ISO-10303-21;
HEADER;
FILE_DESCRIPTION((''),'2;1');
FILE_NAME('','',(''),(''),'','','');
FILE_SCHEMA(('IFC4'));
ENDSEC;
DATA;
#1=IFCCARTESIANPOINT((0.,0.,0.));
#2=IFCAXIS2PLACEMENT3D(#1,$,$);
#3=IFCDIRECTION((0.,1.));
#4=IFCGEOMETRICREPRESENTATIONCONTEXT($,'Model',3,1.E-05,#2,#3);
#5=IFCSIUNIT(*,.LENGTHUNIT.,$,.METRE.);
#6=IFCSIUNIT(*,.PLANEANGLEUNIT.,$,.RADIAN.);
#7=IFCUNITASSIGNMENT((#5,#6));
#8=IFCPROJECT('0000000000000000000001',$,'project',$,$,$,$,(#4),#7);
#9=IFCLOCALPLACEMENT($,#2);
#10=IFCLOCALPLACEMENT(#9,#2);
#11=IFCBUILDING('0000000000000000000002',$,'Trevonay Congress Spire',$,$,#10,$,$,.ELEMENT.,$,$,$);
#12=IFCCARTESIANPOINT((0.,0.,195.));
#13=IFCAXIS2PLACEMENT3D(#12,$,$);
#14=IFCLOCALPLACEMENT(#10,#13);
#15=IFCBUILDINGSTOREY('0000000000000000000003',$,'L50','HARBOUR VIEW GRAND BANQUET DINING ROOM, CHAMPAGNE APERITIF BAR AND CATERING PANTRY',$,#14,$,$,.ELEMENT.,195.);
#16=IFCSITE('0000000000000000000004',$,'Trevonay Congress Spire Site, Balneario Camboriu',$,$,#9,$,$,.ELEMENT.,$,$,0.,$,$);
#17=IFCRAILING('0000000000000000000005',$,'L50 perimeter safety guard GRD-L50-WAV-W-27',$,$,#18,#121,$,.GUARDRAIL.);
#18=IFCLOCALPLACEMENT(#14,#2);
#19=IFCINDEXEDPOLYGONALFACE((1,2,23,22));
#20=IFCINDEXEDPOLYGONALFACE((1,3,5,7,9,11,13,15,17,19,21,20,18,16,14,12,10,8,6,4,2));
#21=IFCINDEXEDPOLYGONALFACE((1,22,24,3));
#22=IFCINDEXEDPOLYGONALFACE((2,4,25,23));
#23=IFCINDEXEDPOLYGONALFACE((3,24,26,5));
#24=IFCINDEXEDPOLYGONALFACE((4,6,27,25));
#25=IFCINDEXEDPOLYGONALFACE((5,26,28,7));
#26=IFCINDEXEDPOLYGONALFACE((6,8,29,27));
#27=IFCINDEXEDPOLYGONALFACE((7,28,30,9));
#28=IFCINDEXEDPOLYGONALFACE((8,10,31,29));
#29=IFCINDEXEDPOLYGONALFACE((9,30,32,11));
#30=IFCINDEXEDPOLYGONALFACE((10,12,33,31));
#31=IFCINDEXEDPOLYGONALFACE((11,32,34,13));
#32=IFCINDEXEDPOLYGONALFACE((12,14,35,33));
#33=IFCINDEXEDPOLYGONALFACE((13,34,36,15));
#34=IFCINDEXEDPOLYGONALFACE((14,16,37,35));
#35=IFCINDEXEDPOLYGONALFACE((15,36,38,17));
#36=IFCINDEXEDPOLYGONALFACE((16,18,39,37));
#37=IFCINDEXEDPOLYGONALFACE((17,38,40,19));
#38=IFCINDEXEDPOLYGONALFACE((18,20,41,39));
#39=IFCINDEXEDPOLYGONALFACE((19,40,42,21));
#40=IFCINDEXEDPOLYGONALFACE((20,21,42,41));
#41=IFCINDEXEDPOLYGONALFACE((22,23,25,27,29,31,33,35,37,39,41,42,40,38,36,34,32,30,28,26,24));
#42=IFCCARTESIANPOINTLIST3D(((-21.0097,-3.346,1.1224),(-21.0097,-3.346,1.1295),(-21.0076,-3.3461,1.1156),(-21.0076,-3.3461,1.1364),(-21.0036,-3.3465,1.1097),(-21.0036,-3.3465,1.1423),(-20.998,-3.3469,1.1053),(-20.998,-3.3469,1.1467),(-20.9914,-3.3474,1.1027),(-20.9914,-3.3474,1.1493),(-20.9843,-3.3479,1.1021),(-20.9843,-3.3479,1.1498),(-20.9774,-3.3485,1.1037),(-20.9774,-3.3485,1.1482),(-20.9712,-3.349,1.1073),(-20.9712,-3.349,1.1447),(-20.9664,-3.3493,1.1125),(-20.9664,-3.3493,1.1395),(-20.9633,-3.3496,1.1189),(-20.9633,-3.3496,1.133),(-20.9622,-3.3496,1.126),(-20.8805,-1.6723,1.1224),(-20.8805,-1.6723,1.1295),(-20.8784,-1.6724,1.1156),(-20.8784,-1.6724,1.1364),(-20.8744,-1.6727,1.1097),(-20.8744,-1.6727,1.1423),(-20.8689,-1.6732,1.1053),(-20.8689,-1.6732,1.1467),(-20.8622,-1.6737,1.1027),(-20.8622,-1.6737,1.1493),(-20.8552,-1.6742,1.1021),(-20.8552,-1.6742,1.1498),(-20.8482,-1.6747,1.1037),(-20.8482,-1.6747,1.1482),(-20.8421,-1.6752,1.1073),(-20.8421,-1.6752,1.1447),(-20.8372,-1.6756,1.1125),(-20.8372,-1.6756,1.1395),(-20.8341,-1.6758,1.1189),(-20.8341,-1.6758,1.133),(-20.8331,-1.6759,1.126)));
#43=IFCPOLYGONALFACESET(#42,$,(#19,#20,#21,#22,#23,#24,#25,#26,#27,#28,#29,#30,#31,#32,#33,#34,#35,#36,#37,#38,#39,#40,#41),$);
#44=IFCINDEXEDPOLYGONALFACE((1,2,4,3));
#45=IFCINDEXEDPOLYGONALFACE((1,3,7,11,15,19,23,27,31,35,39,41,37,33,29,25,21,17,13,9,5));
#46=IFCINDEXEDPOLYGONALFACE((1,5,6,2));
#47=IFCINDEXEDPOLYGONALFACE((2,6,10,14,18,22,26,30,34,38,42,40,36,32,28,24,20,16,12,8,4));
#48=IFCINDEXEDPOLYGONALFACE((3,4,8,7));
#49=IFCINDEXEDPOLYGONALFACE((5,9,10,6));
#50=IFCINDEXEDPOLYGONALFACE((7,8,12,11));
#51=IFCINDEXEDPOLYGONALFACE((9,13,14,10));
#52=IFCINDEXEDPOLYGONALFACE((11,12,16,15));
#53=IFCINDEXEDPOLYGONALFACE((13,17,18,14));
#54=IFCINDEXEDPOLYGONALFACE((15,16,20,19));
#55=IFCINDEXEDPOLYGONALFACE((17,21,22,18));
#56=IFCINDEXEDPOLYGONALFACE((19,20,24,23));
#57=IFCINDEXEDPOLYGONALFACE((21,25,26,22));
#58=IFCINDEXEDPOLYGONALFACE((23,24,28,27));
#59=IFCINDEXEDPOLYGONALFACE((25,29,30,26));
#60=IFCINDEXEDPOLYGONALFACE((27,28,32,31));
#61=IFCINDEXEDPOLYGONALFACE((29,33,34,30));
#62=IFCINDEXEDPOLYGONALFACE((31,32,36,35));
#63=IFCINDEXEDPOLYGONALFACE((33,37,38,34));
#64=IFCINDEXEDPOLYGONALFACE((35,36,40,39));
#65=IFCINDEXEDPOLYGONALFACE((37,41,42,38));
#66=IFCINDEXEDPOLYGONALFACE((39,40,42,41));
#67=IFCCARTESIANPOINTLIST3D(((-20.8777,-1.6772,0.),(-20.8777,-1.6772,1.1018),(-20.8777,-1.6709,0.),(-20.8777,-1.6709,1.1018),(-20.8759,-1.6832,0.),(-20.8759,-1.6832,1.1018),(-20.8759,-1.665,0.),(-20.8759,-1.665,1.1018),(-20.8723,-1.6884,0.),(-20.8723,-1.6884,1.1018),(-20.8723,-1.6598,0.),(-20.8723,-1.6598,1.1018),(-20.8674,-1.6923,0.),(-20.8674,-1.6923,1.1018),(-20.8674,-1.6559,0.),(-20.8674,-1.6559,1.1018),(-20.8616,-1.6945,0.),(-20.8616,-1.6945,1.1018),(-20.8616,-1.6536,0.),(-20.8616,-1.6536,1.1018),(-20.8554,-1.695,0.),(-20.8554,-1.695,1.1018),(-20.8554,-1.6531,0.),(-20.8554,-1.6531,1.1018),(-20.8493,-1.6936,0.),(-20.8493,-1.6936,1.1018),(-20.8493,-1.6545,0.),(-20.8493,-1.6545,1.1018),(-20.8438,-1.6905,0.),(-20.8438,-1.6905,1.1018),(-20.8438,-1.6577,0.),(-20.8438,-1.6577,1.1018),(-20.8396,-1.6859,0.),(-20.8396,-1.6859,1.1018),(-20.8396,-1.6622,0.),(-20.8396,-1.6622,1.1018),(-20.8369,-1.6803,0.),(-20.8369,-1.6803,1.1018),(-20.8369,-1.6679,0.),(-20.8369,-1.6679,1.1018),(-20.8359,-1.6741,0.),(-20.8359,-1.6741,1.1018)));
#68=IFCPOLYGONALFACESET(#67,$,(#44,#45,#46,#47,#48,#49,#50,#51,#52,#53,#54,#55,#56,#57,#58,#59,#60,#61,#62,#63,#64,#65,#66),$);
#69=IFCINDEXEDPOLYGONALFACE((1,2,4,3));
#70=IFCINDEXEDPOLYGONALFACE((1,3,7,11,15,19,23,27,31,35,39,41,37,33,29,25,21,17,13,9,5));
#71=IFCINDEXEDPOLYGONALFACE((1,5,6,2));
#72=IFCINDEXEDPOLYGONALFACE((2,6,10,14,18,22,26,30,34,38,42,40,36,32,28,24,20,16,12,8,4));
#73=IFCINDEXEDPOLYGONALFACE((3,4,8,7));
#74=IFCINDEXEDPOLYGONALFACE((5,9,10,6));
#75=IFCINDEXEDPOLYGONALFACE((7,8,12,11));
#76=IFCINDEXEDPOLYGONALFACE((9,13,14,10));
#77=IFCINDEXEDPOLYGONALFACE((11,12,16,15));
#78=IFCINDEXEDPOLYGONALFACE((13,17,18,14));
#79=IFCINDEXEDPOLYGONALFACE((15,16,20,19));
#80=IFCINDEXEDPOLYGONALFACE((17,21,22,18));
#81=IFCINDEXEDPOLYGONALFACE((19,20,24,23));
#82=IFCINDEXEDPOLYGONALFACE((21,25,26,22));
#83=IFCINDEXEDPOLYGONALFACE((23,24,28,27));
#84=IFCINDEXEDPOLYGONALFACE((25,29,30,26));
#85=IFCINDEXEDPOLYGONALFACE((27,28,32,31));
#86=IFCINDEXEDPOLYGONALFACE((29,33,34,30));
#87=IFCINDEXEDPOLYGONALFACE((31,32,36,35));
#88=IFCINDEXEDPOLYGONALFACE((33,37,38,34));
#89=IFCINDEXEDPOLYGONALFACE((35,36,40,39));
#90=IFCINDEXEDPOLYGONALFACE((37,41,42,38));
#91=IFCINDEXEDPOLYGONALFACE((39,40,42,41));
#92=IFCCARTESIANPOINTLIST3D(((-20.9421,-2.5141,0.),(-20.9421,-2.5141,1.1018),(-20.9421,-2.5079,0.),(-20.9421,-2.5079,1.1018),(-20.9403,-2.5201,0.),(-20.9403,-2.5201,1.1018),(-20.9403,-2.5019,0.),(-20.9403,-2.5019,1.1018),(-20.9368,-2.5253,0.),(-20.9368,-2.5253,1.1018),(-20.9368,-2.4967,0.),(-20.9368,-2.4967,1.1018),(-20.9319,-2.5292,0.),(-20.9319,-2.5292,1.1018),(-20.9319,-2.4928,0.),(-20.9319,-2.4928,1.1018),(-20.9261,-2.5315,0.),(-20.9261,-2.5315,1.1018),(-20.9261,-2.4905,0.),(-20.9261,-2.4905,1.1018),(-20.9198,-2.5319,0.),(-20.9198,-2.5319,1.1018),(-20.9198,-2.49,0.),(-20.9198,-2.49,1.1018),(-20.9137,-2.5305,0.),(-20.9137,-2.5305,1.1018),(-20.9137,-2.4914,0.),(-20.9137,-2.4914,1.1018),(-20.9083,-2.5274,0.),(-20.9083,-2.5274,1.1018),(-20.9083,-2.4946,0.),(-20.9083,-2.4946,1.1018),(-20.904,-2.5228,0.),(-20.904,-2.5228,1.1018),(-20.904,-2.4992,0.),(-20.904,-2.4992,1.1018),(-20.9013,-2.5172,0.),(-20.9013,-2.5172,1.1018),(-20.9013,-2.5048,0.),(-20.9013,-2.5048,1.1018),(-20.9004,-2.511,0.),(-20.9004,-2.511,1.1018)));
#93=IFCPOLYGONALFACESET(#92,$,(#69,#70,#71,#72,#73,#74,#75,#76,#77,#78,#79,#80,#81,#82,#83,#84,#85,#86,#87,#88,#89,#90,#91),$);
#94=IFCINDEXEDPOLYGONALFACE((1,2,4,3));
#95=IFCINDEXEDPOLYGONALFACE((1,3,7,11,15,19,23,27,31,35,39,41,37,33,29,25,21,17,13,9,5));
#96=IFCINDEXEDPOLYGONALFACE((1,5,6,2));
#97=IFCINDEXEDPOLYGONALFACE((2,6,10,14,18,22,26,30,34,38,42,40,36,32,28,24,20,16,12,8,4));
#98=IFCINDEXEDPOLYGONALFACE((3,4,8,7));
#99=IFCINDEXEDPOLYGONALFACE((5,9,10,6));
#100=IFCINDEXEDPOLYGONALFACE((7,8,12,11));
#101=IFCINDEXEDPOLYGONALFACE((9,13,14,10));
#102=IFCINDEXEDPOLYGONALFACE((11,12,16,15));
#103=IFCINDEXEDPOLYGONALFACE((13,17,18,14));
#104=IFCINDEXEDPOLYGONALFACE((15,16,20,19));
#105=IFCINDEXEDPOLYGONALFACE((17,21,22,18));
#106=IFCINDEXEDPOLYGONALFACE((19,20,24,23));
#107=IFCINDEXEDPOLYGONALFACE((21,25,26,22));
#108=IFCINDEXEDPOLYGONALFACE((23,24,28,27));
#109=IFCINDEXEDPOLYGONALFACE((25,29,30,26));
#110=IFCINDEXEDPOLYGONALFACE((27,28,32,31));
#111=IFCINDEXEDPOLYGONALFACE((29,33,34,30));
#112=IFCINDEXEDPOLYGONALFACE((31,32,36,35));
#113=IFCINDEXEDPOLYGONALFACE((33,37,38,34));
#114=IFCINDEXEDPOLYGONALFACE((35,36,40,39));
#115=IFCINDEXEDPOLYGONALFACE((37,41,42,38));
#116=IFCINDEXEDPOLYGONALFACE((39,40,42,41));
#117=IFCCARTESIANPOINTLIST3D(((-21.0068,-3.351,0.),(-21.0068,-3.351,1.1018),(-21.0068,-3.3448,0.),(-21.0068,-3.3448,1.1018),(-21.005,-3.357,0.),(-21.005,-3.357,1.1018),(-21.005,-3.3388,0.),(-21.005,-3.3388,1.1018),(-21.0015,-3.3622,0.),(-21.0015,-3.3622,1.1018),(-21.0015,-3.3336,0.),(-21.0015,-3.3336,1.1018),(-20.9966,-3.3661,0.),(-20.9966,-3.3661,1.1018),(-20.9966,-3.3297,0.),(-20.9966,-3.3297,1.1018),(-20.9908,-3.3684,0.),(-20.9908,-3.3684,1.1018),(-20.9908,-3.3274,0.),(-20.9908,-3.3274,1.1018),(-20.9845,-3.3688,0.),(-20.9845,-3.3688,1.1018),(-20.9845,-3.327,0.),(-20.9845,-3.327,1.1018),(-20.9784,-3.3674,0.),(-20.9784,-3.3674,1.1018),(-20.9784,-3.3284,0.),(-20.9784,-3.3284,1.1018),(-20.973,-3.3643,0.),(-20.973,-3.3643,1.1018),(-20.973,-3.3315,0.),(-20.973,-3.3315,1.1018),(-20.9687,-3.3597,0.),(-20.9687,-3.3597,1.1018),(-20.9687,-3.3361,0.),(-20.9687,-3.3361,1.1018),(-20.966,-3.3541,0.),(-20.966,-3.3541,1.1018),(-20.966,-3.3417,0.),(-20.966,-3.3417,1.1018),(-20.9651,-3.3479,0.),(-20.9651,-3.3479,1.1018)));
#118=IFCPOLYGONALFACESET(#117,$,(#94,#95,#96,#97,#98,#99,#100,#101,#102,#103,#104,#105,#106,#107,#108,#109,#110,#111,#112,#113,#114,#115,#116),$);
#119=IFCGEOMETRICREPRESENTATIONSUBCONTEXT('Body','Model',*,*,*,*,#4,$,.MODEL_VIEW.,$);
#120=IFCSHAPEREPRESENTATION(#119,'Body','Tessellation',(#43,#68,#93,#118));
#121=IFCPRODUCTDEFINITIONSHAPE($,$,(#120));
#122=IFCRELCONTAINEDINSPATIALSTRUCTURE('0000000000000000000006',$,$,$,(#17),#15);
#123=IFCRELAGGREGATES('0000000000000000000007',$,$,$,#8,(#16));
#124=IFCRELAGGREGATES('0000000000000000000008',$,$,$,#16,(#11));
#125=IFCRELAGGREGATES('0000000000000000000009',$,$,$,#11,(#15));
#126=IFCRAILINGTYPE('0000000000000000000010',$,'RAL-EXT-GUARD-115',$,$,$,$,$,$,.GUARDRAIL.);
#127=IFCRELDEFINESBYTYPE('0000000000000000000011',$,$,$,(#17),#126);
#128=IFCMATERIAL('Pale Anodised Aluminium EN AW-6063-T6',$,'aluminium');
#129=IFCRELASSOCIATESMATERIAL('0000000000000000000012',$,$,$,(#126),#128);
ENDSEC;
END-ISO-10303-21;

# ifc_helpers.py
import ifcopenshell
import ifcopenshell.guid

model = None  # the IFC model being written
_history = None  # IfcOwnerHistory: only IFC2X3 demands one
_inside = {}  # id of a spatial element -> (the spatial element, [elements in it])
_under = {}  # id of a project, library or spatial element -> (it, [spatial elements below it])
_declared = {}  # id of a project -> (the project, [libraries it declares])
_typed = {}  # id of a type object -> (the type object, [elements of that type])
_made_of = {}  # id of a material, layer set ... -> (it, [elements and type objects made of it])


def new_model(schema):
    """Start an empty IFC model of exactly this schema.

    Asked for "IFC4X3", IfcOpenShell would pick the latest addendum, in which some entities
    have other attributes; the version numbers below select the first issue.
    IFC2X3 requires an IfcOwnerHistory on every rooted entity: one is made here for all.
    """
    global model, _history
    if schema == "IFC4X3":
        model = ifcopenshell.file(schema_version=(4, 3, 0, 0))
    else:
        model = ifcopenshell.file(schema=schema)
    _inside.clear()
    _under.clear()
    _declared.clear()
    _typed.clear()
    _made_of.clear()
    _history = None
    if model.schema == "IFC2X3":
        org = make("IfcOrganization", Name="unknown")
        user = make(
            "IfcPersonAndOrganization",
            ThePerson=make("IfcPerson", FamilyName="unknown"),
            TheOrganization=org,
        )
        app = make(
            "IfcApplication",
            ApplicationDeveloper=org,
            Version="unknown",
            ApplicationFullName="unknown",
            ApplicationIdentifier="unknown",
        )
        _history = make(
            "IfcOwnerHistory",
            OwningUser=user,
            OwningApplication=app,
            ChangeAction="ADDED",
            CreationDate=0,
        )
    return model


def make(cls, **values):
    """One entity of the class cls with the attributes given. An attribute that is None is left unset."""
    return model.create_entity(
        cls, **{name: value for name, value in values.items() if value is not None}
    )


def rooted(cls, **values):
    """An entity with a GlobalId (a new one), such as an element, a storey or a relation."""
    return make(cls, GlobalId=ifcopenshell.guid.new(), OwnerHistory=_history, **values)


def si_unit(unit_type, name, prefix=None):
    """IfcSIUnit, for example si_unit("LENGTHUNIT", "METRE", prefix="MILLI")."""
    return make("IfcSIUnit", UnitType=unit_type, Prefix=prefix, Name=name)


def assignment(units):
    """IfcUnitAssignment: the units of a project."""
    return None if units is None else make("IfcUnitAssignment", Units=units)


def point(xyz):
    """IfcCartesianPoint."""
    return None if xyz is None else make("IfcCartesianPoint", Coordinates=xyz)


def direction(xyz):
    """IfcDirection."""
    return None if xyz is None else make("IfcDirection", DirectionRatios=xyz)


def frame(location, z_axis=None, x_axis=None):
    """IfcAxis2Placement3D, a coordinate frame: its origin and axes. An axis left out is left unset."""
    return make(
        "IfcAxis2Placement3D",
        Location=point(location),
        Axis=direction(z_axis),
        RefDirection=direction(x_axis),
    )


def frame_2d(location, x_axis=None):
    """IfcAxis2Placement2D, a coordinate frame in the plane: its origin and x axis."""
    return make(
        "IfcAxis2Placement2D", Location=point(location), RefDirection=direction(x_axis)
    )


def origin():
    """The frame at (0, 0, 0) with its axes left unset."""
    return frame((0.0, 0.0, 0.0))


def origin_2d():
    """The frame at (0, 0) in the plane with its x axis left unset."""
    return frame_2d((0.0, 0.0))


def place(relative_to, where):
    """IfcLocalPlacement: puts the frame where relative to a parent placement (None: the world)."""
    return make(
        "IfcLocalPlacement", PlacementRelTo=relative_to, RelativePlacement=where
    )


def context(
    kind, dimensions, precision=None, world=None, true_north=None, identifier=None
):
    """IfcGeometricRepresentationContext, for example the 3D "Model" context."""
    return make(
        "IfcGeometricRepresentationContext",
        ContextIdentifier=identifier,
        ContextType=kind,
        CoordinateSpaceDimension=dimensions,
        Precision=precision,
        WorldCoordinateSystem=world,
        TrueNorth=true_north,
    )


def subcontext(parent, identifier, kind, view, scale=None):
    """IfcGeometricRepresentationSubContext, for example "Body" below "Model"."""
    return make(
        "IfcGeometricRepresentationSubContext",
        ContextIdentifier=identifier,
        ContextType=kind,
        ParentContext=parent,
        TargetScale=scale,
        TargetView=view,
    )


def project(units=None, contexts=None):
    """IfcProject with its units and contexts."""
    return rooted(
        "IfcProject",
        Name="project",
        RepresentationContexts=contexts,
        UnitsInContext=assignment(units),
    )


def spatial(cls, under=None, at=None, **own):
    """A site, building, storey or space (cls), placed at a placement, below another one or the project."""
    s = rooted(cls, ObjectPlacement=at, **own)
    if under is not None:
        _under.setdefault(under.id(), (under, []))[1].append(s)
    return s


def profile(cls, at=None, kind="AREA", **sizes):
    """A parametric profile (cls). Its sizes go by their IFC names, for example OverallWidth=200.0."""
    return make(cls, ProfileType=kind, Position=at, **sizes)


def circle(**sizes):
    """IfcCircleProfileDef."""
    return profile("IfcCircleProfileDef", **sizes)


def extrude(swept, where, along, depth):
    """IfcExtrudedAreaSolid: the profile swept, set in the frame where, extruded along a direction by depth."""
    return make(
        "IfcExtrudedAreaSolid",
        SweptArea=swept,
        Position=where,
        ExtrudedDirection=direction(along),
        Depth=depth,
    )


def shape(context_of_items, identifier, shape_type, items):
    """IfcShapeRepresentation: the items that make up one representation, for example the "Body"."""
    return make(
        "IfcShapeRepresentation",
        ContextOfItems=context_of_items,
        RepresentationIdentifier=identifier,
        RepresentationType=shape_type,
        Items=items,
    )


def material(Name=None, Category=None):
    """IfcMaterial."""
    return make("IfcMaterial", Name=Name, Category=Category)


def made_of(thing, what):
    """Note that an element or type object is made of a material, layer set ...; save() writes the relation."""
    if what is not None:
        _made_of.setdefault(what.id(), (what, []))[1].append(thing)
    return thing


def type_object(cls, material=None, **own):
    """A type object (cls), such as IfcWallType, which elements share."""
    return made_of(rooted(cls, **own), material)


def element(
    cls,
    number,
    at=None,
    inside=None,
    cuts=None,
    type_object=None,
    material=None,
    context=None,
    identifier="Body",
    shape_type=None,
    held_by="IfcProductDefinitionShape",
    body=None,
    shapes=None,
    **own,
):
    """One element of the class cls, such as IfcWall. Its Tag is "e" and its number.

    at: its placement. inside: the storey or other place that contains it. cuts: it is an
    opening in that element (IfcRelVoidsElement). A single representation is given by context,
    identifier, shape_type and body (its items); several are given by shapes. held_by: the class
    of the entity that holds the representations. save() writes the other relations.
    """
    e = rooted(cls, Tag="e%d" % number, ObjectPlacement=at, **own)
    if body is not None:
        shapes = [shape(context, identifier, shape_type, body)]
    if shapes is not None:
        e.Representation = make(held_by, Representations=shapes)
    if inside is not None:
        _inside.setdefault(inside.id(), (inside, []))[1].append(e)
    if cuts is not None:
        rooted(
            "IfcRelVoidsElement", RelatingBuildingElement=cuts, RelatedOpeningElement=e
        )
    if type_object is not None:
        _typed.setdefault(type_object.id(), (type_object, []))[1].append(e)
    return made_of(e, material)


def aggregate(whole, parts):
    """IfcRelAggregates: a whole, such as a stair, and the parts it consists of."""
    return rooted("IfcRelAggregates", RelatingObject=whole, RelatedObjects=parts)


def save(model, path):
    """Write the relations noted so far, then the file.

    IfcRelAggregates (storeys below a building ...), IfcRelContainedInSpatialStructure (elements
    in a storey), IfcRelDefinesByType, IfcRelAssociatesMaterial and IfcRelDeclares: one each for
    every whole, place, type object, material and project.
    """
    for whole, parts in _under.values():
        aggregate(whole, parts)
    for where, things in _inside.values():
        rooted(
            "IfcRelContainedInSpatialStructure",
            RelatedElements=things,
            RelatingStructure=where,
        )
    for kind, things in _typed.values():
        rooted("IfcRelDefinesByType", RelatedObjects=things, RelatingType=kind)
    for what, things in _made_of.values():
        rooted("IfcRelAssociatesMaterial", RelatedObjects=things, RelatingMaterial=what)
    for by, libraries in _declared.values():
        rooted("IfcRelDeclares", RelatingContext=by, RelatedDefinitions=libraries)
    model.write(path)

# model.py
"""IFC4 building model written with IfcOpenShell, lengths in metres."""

from ifc_helpers import new_model, si_unit, direction, frame, origin, origin_2d, place, context, subcontext, project, spatial, circle, extrude, material, type_object, element, save


model = new_model("IFC4")

# Units and contexts
model_context = context("Model", 3, precision=1e-05, world=origin(), true_north=direction((0.0, 1.0)))
body_context = subcontext(model_context, "Body", "Model", "MODEL_VIEW")
ifc_project = project(units=[si_unit("LENGTHUNIT", "METRE"), si_unit("PLANEANGLEUNIT", "RADIAN")], contexts=[model_context])

# Site, building, storey
site_placement = place(None, origin())
site = spatial("IfcSite", under=ifc_project, at=site_placement, Name="Trevonay Congress Spire Site, Balneario Camboriu", CompositionType="ELEMENT", RefElevation=0.0)
building_placement = place(site_placement, origin())
building = spatial("IfcBuilding", under=site, at=building_placement, Name="Trevonay Congress Spire", CompositionType="ELEMENT")
storey_placement = place(building_placement, frame((0.0, 0.0, 195.0)))
storey = spatial("IfcBuildingStorey", under=building, at=storey_placement, Name="L50", Description="HARBOUR VIEW GRAND BANQUET DINING ROOM, CHAMPAGNE APERITIF BAR AND CATERING PANTRY", CompositionType="ELEMENT", Elevation=195.0)

# Shared definitions
ifc_material_1 = material(Name="Pale Anodised Aluminium EN AW-6063-T6", Category="aluminium")

# Railing
railing_type = type_object("IfcRailingType", Name="RAL-EXT-GUARD-115", PredefinedType="GUARDRAIL", material=ifc_material_1)
railing_1_placement = place(storey_placement, frame((-20.8569, -1.6741, 0.0)))
element("IfcRailing", 1, at=railing_1_placement, inside=storey, type_object=railing_type, Name="L50 perimeter safety guard GRD-L50-WAV-W-27", PredefinedType="GUARDRAIL", context=body_context, shape_type="SweptSolid", body=[
    extrude(circle(Radius=0.0239, at=origin_2d()), frame((0.0, 0.0, 1.126), z_axis=(-0.07693, -0.997036, 0.0), x_axis=(0.997036, -0.07693, 0.0)), (0.0, 0.0, 1.0), 1.6787),
    extrude(circle(Radius=0.021, at=origin_2d()), origin(), (0.0, 0.0, 1.0), 1.1018),
    extrude(circle(Radius=0.021, at=origin_2d()), frame((-0.0645, -0.8369, 0.0)), (0.0, 0.0, 1.0), 1.1018),
    extrude(circle(Radius=0.021, at=origin_2d()), frame((-0.1292, -1.6738, 0.0)), (0.0, 0.0, 1.0), 1.1018),
])

save(model, "model.ifc")
